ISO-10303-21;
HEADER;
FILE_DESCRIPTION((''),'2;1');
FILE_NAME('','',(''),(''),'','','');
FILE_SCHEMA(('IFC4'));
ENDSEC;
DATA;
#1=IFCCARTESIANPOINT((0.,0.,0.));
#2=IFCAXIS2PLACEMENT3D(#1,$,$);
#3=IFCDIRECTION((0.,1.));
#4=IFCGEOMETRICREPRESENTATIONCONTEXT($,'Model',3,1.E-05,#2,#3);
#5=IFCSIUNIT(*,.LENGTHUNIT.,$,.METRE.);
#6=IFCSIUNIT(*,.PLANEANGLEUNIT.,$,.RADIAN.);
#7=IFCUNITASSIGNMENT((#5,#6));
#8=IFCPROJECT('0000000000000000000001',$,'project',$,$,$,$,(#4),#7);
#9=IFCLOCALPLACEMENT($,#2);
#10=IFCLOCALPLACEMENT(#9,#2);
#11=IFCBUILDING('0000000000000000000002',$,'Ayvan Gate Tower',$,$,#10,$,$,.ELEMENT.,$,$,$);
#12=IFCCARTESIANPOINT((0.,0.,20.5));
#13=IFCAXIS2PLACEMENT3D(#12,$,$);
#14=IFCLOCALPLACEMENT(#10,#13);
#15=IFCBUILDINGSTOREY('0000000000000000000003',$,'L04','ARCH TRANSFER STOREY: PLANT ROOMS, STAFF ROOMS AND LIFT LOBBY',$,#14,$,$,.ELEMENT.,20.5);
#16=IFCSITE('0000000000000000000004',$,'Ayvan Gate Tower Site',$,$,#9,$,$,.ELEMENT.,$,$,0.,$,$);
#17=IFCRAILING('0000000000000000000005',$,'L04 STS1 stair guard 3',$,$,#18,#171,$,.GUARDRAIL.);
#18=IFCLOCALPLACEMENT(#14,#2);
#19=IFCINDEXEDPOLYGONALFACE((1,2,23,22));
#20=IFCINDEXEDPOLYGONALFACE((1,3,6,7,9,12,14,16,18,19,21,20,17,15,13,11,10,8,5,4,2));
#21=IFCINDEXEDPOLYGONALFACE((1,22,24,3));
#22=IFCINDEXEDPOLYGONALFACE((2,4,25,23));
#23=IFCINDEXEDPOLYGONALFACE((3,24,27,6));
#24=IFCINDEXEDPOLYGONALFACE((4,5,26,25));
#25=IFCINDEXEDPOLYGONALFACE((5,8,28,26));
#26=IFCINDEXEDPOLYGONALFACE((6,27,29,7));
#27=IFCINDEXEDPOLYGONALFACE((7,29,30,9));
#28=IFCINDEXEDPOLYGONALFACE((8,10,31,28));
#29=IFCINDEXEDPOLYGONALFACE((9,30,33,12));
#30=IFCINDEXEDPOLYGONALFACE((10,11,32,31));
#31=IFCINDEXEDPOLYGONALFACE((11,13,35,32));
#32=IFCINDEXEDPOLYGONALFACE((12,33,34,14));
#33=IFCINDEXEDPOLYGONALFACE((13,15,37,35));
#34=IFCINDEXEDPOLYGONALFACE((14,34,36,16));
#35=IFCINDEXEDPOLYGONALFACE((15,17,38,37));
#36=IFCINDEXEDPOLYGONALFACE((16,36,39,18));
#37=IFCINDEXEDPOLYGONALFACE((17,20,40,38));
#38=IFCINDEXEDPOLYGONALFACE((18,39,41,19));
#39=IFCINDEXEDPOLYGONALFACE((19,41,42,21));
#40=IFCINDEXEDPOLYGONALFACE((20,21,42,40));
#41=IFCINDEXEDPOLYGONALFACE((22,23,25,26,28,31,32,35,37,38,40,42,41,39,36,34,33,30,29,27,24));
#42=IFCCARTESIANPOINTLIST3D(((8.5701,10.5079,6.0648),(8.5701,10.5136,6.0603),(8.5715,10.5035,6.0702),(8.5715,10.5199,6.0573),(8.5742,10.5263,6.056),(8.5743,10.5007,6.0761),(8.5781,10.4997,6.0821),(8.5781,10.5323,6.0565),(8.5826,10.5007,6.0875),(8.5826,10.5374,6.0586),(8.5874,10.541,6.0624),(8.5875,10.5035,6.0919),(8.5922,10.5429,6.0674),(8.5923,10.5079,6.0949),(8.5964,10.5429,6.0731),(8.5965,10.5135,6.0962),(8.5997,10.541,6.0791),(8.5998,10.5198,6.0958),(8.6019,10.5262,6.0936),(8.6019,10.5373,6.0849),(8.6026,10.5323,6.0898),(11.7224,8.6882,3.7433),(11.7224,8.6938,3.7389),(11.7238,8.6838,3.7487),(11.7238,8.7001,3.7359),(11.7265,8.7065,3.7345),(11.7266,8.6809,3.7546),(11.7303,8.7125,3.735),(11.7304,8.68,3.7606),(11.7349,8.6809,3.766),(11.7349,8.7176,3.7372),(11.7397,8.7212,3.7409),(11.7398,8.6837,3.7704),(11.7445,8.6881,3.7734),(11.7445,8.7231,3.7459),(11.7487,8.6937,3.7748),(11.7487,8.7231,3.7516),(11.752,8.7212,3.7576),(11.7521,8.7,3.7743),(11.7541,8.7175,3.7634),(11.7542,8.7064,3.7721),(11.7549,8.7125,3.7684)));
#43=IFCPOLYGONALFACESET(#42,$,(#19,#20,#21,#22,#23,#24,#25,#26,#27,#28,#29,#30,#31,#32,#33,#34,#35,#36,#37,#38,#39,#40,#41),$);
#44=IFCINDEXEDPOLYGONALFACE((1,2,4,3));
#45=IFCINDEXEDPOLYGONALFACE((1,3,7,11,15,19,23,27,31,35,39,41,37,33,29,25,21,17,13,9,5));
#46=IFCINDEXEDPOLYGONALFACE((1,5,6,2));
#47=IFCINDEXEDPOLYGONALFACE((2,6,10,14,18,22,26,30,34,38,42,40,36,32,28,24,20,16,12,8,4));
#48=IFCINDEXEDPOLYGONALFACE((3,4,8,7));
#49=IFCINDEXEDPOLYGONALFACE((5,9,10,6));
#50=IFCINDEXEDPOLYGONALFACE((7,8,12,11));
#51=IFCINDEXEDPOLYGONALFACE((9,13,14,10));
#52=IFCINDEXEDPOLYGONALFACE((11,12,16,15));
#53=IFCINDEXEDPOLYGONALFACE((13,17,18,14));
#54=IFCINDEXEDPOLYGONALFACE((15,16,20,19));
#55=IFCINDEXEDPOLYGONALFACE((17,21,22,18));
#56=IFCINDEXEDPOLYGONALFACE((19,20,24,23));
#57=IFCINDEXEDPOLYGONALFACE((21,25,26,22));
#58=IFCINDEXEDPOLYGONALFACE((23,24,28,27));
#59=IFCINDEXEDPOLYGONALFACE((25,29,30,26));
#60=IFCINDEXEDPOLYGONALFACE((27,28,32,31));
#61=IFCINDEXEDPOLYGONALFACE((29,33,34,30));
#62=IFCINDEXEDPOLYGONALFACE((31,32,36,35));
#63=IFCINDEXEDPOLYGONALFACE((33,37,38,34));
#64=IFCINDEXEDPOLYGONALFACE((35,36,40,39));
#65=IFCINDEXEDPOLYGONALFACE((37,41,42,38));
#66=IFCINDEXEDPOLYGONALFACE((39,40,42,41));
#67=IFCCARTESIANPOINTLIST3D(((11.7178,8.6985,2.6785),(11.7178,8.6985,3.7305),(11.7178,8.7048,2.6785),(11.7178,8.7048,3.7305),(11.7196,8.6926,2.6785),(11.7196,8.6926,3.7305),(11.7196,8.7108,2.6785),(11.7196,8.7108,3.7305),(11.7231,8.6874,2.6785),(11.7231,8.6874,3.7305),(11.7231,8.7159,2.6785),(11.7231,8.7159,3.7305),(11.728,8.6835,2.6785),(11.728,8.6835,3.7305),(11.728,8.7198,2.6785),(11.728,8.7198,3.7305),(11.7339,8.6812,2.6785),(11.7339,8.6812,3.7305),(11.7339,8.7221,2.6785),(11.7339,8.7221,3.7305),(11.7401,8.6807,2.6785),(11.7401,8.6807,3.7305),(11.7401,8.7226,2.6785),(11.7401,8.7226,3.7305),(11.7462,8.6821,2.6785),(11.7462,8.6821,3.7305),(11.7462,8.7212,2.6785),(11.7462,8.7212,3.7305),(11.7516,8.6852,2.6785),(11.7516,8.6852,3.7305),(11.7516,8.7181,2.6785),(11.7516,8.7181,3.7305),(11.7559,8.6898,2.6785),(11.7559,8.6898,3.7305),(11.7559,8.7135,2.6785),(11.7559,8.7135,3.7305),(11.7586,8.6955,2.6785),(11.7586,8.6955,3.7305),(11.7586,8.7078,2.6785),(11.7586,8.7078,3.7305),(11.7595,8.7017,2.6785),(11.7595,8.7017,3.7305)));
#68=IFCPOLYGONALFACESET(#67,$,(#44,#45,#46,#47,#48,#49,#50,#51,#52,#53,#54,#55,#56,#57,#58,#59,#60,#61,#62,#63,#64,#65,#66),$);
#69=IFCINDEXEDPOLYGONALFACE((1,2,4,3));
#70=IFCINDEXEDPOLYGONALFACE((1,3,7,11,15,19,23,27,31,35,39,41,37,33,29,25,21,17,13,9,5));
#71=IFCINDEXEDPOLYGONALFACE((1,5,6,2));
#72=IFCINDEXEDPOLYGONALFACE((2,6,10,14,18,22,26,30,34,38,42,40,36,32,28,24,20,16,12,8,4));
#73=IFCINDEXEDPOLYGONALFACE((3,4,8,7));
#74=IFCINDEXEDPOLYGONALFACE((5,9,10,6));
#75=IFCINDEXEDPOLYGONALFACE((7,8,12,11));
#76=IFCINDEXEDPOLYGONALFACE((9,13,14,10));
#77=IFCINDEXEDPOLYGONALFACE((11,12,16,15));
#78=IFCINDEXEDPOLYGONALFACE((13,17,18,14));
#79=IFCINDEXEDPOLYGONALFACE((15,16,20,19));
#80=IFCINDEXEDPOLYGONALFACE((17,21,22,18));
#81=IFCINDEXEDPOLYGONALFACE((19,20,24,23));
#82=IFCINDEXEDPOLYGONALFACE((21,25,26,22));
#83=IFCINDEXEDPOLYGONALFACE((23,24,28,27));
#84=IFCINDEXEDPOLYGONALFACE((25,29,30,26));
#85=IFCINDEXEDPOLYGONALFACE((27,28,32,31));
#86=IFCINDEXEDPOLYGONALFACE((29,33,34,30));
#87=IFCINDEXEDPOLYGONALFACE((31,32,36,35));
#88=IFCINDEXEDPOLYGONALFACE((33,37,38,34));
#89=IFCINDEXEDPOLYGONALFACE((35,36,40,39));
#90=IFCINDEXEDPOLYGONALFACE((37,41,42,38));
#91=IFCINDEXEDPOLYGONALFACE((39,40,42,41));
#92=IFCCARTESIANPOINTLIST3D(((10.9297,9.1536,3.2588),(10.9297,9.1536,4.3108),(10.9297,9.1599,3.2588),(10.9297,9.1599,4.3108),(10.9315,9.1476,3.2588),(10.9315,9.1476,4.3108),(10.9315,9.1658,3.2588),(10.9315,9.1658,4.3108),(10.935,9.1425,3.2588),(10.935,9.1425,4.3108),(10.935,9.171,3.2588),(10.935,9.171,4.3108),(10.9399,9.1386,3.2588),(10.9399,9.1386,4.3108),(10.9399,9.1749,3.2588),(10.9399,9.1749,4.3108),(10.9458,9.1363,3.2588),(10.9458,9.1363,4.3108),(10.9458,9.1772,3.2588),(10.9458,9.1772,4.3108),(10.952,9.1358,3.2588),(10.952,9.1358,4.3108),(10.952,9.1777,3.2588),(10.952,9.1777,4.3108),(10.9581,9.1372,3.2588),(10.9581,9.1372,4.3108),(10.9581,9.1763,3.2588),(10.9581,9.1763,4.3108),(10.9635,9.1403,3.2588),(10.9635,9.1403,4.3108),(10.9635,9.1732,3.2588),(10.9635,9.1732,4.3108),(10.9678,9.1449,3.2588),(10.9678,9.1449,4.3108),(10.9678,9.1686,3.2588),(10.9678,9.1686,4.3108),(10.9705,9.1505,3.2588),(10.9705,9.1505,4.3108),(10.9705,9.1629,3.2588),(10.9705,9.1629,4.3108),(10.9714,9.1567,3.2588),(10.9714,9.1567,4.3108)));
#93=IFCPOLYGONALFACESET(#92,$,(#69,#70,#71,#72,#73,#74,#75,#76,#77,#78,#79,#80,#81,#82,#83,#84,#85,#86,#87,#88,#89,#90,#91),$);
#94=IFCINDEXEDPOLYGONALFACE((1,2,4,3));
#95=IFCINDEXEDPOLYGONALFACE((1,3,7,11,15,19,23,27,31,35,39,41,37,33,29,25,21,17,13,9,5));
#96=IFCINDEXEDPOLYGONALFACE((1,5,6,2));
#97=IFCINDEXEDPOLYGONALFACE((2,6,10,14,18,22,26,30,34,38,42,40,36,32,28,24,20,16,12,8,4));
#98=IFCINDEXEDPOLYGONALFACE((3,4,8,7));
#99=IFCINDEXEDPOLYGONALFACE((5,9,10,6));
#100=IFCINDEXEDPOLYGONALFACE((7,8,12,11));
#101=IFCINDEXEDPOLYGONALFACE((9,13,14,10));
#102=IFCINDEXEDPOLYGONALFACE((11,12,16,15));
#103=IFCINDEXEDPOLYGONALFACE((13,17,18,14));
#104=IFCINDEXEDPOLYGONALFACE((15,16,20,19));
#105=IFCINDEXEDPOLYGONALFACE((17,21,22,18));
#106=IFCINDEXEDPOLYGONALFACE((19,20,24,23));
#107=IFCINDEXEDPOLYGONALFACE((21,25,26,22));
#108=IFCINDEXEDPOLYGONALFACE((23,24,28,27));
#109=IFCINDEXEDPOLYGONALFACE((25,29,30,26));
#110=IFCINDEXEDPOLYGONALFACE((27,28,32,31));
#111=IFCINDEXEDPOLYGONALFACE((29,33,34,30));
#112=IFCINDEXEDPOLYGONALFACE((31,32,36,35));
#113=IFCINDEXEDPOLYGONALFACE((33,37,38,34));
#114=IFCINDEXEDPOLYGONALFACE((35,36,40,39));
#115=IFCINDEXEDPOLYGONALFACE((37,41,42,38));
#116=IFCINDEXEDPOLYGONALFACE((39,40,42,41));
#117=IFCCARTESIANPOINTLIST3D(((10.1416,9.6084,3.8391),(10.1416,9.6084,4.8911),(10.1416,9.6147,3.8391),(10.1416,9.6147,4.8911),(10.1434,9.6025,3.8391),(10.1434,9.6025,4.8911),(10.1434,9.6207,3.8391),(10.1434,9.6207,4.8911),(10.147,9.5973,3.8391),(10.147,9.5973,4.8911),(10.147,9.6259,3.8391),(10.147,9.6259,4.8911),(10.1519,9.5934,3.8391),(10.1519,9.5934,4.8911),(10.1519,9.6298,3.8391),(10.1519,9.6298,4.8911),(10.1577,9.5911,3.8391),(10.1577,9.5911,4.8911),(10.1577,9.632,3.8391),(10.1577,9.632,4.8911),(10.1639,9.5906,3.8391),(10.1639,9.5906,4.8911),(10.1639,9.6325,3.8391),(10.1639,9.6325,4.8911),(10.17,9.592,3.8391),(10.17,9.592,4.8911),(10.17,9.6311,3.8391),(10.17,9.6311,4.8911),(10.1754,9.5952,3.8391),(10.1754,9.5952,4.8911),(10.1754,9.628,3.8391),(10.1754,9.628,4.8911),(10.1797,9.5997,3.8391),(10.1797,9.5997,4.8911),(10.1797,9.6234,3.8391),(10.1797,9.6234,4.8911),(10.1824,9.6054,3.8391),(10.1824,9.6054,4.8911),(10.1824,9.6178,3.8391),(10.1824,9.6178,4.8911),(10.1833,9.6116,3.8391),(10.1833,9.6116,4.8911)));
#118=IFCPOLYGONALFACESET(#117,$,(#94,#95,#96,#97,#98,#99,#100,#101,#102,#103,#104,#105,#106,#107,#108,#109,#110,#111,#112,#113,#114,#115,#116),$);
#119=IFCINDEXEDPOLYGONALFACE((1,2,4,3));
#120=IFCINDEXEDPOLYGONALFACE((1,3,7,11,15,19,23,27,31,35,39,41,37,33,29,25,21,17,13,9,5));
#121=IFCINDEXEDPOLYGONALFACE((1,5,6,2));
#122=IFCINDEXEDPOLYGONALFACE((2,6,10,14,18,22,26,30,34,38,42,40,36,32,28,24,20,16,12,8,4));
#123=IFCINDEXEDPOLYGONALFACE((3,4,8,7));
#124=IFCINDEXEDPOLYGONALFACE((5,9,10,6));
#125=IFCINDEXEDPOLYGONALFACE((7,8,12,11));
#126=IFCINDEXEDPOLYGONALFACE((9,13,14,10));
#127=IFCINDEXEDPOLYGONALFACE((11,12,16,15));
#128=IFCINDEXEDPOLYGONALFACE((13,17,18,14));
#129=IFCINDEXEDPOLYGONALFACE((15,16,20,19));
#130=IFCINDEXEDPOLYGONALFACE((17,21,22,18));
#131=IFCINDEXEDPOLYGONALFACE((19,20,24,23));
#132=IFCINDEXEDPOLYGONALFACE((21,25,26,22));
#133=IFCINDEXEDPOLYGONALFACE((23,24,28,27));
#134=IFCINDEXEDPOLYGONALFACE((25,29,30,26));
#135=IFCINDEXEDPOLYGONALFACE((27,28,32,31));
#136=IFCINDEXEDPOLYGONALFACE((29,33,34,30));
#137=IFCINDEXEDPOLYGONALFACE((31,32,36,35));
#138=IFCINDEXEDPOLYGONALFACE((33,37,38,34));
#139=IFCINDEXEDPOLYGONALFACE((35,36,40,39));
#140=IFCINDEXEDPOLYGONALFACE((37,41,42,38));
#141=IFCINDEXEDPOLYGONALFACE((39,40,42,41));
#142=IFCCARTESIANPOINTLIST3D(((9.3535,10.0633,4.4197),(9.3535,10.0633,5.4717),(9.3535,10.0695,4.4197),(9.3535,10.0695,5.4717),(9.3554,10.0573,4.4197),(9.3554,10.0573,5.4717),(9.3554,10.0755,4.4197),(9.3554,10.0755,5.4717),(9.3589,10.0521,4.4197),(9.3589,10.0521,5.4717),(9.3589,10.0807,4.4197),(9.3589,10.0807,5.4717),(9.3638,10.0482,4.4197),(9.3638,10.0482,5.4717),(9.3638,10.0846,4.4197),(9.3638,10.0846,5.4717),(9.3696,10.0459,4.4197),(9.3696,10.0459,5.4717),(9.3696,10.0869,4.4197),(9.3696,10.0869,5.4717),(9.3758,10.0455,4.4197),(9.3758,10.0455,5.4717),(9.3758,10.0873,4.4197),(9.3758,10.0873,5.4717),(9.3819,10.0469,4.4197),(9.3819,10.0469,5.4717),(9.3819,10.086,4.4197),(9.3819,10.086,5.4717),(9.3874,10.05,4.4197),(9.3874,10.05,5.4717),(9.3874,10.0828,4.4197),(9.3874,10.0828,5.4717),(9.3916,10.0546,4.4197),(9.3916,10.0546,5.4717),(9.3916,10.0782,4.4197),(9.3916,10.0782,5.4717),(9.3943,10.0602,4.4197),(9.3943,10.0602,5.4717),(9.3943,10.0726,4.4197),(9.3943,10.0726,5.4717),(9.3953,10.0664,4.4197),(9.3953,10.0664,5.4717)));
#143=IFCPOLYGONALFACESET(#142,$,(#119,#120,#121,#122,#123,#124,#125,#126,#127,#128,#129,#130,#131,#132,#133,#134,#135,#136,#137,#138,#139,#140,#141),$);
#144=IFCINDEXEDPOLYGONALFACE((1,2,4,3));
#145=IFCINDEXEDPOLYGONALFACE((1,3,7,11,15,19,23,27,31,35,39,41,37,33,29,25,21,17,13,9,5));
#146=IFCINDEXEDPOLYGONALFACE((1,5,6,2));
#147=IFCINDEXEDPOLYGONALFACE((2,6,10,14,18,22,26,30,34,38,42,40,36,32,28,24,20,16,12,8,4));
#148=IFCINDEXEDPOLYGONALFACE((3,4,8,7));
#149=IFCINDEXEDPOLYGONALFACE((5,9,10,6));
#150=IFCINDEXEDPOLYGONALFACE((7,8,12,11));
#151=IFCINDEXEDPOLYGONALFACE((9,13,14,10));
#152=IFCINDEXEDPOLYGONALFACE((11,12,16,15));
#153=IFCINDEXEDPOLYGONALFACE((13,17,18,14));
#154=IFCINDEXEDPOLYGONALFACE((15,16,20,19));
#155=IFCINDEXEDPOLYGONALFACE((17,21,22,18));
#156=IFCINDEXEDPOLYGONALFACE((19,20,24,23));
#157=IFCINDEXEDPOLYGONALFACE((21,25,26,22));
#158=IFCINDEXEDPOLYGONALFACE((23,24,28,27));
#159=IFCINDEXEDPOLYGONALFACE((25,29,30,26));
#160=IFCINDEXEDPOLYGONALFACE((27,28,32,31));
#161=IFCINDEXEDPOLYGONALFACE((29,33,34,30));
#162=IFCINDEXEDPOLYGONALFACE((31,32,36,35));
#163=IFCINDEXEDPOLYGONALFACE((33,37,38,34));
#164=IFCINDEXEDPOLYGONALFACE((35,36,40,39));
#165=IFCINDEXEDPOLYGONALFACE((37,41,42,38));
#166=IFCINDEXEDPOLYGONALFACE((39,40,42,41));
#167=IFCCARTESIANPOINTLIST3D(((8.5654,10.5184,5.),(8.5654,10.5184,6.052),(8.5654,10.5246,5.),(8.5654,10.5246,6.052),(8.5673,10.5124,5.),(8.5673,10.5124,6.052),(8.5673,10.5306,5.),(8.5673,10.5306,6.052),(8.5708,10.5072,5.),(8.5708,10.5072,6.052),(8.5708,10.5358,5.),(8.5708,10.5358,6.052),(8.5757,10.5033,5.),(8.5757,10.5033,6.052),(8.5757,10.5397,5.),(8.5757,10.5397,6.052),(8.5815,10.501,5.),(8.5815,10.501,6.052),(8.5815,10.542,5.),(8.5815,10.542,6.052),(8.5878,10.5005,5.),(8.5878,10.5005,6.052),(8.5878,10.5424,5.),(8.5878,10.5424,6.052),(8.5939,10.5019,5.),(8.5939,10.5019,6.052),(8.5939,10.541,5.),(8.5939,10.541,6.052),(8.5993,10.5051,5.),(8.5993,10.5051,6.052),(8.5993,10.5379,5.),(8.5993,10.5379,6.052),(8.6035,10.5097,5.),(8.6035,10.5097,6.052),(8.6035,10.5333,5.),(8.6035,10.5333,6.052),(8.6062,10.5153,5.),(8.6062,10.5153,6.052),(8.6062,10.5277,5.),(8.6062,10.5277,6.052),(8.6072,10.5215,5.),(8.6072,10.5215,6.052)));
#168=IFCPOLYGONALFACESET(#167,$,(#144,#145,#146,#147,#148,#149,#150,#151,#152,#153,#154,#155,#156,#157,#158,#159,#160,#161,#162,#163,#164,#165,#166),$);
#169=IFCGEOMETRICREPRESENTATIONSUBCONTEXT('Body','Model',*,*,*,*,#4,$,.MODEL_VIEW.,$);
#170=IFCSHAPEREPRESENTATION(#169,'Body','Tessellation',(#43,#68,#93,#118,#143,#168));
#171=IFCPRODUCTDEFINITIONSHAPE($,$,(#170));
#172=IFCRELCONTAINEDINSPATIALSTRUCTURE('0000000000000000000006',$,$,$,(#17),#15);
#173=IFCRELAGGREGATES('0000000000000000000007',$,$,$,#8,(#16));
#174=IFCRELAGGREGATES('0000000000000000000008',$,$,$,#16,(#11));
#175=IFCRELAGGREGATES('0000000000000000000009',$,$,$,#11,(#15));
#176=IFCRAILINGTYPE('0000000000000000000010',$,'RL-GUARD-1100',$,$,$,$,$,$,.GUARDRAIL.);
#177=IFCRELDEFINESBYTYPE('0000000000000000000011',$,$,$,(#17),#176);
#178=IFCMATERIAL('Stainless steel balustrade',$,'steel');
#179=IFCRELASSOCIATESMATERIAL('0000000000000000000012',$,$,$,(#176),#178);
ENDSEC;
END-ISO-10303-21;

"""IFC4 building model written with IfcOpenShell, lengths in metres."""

from ifc_helpers import new_model, si_unit, direction, frame, origin, origin_2d, place, context, subcontext, project, spatial, circle, extrude, material, type_object, element, save


model = new_model("IFC4")

# Units and contexts
model_context = context("Model", 3, precision=1e-05, world=origin(), true_north=direction((0.0, 1.0)))
body_context = subcontext(model_context, "Body", "Model", "MODEL_VIEW")
ifc_project = project(units=[si_unit("LENGTHUNIT", "METRE"), si_unit("PLANEANGLEUNIT", "RADIAN")], contexts=[model_context])

# Site, building, storey
site_placement = place(None, origin())
site = spatial("IfcSite", under=ifc_project, at=site_placement, Name="Ayvan Gate Tower Site", CompositionType="ELEMENT", RefElevation=0.0)
building_placement = place(site_placement, origin())
building = spatial("IfcBuilding", under=site, at=building_placement, Name="Ayvan Gate Tower", CompositionType="ELEMENT")
storey_placement = place(building_placement, frame((0.0, 0.0, 20.5)))
storey = spatial("IfcBuildingStorey", under=building, at=storey_placement, Name="L04", Description="ARCH TRANSFER STOREY: PLANT ROOMS, STAFF ROOMS AND LIFT LOBBY", CompositionType="ELEMENT", Elevation=20.5)

# Railing
ifc_material_1 = material(Name="Stainless steel balustrade", Category="steel")
railing_type_1 = type_object("IfcRailingType", Name="RL-GUARD-1100", PredefinedType="GUARDRAIL", material=ifc_material_1)
railing_1_placement = place(storey_placement, frame((11.7385, 8.7017, 2.6785)))
element("IfcRailing", 1, at=railing_1_placement, inside=storey, type_object=railing_type_1, Name="L04 STS1 stair guard 3", PredefinedType="GUARDRAIL", context=body_context, shape_type="SweptSolid", body=[
    extrude(circle(Radius=0.0239, at=origin_2d()), frame((0.0, 0.0, 1.0762), z_axis=(-0.730176, 0.421525, 0.537736), x_axis=(-0.499962, -0.866047, 0.0)), (0.0, 0.0, 1.0), 4.3171),
    extrude(circle(Radius=0.021, at=origin_2d()), origin(), (0.0, 0.0, 1.0), 1.052),
    extrude(circle(Radius=0.021, at=origin_2d()), frame((-0.7881, 0.4551, 0.5803)), (0.0, 0.0, 1.0), 1.052),
    extrude(circle(Radius=0.021, at=origin_2d()), frame((-1.5762, 0.9099, 1.1606)), (0.0, 0.0, 1.0), 1.052),
    extrude(circle(Radius=0.021, at=origin_2d()), frame((-2.3643, 1.3647, 1.7412)), (0.0, 0.0, 1.0), 1.052),
    extrude(circle(Radius=0.021, at=origin_2d()), frame((-3.1523, 1.8198, 2.3215)), (0.0, 0.0, 1.0), 1.052),
])

save(model, "model.ifc")
